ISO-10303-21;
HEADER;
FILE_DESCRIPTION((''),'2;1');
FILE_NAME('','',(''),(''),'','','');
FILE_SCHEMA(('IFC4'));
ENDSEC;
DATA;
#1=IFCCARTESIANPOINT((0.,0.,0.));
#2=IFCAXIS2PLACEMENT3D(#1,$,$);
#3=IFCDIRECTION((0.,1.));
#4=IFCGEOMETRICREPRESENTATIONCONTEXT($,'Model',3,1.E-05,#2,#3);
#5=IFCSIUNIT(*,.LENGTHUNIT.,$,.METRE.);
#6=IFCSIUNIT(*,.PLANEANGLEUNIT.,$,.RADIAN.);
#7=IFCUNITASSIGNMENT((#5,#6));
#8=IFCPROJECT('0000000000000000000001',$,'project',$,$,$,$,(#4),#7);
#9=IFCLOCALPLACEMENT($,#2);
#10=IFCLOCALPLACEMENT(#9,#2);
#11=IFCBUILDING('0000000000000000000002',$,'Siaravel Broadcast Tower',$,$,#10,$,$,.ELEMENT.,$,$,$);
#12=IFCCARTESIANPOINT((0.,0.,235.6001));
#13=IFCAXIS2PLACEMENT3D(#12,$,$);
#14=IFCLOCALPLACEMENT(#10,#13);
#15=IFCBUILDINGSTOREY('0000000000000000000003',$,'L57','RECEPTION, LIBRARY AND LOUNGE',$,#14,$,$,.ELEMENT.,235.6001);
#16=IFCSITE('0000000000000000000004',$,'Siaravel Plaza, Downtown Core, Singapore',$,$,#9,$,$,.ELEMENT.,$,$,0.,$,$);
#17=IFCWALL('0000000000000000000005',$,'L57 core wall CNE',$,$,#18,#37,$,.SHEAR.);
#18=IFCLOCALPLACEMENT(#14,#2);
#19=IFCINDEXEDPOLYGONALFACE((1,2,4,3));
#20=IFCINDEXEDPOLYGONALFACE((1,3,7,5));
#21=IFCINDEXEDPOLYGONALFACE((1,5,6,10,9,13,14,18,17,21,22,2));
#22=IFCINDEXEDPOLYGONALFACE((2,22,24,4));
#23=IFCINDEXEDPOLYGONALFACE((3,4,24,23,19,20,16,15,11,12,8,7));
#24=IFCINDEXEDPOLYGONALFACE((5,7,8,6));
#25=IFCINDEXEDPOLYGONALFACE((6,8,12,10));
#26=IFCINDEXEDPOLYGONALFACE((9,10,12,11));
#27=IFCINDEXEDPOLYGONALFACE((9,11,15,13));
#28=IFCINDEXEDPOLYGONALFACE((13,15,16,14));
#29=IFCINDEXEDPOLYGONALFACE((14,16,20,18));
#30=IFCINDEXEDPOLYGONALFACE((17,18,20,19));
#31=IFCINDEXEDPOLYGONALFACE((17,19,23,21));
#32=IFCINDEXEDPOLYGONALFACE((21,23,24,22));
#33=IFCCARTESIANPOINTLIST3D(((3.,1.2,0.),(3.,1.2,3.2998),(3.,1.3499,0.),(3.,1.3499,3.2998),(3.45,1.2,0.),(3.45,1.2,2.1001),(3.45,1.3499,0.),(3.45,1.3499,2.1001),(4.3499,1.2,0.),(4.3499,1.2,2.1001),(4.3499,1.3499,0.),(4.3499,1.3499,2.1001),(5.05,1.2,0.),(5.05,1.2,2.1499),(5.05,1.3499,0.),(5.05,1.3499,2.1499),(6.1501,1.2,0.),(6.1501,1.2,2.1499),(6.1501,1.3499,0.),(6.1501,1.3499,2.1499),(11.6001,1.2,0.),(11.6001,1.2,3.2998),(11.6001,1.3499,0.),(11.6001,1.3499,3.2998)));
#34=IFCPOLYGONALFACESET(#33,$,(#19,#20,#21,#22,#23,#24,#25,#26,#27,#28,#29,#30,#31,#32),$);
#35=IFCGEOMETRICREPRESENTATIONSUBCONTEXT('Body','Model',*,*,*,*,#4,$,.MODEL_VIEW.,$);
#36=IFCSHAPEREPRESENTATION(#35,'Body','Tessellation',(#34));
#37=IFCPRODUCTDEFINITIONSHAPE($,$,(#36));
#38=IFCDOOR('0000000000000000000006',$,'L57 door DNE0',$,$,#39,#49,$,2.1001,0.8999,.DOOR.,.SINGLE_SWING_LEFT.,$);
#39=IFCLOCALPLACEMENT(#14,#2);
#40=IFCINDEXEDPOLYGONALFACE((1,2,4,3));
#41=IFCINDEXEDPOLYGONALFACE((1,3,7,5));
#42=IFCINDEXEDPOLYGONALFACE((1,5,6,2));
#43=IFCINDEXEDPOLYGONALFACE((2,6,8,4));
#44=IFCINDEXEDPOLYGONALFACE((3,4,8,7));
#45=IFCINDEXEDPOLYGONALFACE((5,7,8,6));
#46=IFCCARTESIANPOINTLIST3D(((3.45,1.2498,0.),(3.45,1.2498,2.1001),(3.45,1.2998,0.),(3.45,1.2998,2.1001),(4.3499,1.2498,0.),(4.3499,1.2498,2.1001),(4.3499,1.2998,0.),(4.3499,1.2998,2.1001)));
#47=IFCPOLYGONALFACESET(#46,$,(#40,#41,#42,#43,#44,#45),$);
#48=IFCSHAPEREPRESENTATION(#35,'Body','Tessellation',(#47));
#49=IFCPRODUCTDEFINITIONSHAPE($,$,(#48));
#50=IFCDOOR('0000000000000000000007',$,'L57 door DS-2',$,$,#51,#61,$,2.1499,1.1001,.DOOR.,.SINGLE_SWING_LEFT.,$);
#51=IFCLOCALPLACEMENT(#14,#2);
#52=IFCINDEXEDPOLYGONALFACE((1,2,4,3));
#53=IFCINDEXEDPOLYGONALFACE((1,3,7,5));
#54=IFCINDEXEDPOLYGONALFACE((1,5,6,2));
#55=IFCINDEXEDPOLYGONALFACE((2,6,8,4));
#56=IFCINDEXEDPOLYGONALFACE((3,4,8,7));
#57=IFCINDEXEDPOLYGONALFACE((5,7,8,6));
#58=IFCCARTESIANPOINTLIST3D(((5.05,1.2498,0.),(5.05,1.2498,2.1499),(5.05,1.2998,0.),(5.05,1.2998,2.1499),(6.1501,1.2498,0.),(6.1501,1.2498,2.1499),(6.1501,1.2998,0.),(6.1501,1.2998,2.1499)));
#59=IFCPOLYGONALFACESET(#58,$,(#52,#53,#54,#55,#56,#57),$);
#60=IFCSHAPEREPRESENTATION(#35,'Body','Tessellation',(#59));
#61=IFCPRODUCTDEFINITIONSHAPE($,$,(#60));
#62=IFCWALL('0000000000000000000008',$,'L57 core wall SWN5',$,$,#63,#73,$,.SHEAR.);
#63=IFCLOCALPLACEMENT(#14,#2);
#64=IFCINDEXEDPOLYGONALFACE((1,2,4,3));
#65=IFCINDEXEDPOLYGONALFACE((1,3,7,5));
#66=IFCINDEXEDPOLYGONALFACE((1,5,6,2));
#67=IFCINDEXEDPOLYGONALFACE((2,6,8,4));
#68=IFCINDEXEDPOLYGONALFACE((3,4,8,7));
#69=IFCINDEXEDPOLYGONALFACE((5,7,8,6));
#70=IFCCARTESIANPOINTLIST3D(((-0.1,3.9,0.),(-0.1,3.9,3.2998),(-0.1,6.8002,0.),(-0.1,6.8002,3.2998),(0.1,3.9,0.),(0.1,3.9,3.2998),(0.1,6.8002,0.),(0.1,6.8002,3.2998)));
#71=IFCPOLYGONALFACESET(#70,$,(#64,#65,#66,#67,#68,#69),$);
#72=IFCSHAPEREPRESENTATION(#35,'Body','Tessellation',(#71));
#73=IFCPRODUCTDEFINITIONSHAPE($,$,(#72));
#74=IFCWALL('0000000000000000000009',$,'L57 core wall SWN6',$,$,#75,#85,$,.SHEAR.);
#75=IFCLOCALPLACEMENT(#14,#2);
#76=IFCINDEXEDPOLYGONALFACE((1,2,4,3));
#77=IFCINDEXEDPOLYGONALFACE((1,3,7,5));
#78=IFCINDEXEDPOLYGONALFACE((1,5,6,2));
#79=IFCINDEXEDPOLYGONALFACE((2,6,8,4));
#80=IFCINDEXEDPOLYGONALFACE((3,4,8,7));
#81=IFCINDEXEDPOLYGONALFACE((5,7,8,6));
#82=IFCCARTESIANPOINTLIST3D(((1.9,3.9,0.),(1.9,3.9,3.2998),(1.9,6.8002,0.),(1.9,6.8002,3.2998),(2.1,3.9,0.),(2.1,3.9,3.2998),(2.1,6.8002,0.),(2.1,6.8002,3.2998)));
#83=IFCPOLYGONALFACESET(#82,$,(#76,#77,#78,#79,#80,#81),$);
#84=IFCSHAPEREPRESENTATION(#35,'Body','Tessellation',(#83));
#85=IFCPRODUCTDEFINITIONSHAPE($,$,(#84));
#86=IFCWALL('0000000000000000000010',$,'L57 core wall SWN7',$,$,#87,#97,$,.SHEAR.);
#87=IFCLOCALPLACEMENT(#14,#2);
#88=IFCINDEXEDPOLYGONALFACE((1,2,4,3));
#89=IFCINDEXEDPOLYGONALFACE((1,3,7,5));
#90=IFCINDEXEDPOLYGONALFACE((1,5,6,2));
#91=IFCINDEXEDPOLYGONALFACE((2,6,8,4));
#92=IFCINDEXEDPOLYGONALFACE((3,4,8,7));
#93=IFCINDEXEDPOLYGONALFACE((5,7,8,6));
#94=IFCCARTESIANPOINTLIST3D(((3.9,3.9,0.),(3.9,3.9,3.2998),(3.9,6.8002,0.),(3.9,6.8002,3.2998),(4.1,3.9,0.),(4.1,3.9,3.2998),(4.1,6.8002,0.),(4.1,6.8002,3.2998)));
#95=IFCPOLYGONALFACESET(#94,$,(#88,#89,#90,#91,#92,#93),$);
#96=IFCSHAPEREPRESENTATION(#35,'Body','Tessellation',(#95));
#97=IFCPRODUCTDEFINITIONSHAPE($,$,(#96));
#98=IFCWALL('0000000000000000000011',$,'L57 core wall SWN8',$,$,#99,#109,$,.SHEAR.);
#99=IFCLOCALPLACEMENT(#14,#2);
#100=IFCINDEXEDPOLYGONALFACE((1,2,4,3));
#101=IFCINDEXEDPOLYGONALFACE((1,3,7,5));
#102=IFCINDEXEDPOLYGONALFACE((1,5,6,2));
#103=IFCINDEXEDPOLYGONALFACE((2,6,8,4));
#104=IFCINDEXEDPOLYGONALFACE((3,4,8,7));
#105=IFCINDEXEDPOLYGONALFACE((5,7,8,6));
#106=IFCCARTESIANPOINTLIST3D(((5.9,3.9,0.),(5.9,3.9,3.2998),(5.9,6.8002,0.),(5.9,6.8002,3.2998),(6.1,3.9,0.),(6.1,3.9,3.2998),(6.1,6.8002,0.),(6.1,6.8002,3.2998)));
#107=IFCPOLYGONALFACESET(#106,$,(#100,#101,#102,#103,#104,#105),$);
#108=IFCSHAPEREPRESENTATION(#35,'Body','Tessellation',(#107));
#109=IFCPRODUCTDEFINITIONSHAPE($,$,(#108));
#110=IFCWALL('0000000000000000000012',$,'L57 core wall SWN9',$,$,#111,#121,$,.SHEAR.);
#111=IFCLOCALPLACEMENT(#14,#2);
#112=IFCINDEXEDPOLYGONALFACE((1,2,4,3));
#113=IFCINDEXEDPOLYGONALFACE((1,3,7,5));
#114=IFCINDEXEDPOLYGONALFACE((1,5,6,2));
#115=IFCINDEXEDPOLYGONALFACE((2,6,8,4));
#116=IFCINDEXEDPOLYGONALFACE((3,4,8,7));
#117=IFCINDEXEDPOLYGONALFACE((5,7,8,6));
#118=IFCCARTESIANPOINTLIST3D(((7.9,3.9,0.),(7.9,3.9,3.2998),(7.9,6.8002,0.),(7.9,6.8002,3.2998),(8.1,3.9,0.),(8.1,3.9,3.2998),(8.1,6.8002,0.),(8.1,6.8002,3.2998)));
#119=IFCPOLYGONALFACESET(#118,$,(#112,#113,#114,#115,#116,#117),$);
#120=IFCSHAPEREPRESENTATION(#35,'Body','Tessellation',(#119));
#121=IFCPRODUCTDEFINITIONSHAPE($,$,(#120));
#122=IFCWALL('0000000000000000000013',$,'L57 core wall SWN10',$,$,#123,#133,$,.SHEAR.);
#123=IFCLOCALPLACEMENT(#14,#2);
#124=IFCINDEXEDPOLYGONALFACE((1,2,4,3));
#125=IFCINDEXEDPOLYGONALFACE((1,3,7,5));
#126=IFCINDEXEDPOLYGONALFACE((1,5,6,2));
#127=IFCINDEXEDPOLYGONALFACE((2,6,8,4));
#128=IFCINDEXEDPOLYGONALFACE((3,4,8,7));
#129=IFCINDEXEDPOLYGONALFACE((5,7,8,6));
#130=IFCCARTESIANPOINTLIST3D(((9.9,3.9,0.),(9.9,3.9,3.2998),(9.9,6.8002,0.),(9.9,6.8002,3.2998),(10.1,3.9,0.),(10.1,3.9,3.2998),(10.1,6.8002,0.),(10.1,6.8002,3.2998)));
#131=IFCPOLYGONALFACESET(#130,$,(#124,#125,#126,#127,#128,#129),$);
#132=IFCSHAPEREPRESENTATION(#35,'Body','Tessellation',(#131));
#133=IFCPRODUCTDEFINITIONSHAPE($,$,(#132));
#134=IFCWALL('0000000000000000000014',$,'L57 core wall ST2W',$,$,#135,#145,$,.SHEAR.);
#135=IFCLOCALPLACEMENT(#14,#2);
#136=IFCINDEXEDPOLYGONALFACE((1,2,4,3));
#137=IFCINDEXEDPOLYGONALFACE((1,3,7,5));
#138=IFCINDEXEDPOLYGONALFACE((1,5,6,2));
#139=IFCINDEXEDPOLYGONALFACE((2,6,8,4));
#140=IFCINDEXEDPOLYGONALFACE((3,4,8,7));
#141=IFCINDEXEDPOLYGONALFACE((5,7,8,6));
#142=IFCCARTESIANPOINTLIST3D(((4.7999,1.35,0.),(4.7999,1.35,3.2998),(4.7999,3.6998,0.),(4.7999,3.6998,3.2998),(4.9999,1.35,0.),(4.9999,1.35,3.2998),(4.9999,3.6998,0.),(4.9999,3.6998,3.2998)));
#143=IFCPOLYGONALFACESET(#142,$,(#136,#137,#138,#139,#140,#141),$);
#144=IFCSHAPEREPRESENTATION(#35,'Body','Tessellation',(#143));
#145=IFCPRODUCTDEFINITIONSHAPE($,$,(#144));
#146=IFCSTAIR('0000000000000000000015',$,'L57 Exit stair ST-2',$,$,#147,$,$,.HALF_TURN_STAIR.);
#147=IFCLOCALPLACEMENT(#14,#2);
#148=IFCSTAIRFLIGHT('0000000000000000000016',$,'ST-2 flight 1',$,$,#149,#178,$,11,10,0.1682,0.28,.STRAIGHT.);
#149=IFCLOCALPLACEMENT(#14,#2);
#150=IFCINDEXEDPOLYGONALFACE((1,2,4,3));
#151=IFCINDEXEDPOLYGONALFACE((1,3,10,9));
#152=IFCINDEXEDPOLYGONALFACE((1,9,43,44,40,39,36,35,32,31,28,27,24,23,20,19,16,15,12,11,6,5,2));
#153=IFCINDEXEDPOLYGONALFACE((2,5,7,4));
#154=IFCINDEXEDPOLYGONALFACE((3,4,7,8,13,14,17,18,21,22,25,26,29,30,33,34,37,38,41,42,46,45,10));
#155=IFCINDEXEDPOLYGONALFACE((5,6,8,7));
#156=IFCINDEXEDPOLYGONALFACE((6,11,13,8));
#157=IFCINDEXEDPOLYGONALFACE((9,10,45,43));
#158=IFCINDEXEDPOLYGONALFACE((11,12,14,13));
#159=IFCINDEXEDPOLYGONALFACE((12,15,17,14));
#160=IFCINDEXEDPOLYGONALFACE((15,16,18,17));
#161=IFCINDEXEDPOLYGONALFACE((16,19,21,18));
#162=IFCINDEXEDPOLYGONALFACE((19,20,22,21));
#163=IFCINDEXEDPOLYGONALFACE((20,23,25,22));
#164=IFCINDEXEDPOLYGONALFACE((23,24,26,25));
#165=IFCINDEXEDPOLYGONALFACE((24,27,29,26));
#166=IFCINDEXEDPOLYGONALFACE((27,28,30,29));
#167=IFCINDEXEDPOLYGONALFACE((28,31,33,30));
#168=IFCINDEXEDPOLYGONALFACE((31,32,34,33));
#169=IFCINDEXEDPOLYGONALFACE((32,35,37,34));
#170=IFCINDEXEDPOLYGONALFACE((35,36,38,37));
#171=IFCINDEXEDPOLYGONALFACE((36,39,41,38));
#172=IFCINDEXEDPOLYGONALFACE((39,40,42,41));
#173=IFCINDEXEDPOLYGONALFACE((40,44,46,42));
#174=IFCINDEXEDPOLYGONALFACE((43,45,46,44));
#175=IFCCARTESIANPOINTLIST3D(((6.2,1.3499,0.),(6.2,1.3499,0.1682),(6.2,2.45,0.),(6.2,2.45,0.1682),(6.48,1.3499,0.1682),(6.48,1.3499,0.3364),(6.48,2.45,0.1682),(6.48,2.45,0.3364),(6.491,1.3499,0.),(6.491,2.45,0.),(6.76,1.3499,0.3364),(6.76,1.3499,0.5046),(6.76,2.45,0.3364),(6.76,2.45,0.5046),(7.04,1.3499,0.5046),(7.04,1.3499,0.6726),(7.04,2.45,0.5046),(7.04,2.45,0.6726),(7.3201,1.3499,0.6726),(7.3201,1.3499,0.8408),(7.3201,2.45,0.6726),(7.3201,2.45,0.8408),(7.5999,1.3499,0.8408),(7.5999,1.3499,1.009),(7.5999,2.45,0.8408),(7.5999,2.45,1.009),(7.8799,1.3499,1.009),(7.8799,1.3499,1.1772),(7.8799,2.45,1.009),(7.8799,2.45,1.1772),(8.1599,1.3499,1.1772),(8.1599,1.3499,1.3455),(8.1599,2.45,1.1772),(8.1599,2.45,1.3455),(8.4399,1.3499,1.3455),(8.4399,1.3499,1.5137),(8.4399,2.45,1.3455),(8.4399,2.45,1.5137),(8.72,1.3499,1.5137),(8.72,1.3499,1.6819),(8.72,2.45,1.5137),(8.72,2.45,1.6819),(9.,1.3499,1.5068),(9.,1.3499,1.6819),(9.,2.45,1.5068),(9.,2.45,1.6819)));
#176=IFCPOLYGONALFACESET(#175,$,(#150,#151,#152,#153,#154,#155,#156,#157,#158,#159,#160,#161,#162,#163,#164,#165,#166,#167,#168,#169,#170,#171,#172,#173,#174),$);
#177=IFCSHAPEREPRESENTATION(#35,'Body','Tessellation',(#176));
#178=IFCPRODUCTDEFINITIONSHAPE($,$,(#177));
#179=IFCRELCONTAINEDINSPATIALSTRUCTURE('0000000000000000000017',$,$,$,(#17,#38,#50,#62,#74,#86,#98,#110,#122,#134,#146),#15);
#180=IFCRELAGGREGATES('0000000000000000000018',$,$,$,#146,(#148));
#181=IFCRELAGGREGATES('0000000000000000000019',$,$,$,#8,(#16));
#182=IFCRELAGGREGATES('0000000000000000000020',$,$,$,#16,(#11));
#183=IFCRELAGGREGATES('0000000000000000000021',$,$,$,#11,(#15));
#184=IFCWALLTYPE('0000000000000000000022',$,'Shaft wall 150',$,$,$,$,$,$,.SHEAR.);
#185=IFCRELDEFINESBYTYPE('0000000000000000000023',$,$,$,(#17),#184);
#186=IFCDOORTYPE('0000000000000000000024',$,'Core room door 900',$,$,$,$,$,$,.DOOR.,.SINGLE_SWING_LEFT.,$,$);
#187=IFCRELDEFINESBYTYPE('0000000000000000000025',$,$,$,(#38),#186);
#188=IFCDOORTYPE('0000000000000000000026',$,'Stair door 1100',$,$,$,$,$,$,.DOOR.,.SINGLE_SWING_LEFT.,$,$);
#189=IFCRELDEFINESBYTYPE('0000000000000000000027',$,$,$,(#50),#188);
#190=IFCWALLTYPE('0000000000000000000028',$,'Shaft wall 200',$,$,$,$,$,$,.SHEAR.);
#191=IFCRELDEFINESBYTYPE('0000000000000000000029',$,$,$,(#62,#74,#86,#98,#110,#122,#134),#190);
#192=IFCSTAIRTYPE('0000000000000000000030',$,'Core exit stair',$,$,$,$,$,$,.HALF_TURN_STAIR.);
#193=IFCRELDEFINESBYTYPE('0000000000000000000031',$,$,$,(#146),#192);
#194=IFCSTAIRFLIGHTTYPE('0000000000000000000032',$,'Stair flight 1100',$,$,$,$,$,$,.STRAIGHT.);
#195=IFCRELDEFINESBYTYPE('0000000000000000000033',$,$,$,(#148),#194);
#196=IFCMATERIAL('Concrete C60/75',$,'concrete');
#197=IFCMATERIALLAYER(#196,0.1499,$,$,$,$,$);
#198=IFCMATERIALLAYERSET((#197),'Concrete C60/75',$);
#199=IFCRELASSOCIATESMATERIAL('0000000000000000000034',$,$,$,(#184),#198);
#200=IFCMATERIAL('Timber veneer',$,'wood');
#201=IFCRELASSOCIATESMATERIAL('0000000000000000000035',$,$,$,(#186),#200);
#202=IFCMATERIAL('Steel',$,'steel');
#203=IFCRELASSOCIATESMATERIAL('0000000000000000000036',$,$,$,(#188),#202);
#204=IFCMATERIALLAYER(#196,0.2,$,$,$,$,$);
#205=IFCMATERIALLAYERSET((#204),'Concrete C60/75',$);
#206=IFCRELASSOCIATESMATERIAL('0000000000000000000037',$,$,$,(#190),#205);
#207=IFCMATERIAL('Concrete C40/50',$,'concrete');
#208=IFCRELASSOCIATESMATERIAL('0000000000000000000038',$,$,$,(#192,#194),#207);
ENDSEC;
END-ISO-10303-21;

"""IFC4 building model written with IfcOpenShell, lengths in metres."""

from ifc_helpers import new_model, si_unit, direction, frame, frame_2d, origin, place, context, subcontext, project, spatial, polyline, rectangle, outline, extrude, material, layer, layer_set, type_object, element, fill, aggregate, save


model = new_model("IFC4")

# Units and contexts
model_context = context("Model", 3, precision=1e-05, world=origin(), true_north=direction((0.0, 1.0)))
body_context = subcontext(model_context, "Body", "Model", "MODEL_VIEW")
ifc_project = project(units=[si_unit("LENGTHUNIT", "METRE"), si_unit("PLANEANGLEUNIT", "RADIAN")], contexts=[model_context])

# Site, building, storey
site_placement = place(None, origin())
site = spatial("IfcSite", under=ifc_project, at=site_placement, Name="Siaravel Plaza, Downtown Core, Singapore", CompositionType="ELEMENT", RefElevation=0.0)
building_placement = place(site_placement, origin())
building = spatial("IfcBuilding", under=site, at=building_placement, Name="Siaravel Broadcast Tower", CompositionType="ELEMENT")
storey_placement = place(building_placement, frame((0.0, 0.0, 235.6001)))
storey = spatial("IfcBuildingStorey", under=building, at=storey_placement, Name="L57", Description="RECEPTION, LIBRARY AND LOUNGE", CompositionType="ELEMENT", Elevation=235.6001)

# Shared definitions
ifc_material_1 = material(Name="Timber veneer", Category="wood")

# Wall, openings, doors
ifc_material_2 = material(Name="Concrete C60/75", Category="concrete")
ifc_layer_1 = layer(ifc_material_2, 0.1499)
ifc_layer_set_1 = layer_set([ifc_layer_1], Name="Concrete C60/75")
wall_type_1 = type_object("IfcWallType", Name="Shaft wall 150", PredefinedType="SHEAR", material=ifc_layer_set_1)
wall_1_placement = place(storey_placement, frame((3.0, 1.2749, 0.0), z_axis=(0.0, 0.0, 1.0), x_axis=(1.0, 0.0, 0.0)))
wall_1 = element("IfcWall", 1, at=wall_1_placement, inside=storey, type_object=wall_type_1, Name="L57 core wall CNE", PredefinedType="SHEAR", context=body_context, shape_type="SweptSolid", body=[
    extrude(rectangle(XDim=8.6001, YDim=0.1499, at=frame_2d((4.3, 0.0))), origin(), (0.0, 0.0, 1.0), 3.2998),
])
opening_1_placement = place(wall_1_placement, frame((2.05, 0.0, 0.0)))
opening_1 = element("IfcOpeningElement", 2, at=opening_1_placement, cuts=wall_1, PredefinedType="OPENING", context=body_context, shape_type="SweptSolid", body=[
    extrude(rectangle(XDim=1.1001, YDim=2.1499, at=frame_2d((0.55, 1.075))), frame((0.0, 0.085, 0.0), z_axis=(0.0, -1.0, 0.0), x_axis=(1.0, 0.0, 0.0)), (0.0, 0.0, 1.0), 0.1699),
])
opening_2_placement = place(wall_1_placement, frame((0.45, 0.0, 0.0)))
opening_2 = element("IfcOpeningElement", 3, at=opening_2_placement, cuts=wall_1, PredefinedType="OPENING", context=body_context, shape_type="SweptSolid", body=[
    extrude(rectangle(XDim=0.8999, YDim=2.1001, at=frame_2d((0.45, 1.05))), frame((0.0, 0.085, 0.0), z_axis=(0.0, -1.0, 0.0), x_axis=(1.0, 0.0, 0.0)), (0.0, 0.0, 1.0), 0.1699),
])
door_type_1 = type_object("IfcDoorType", Name="Core room door 900", OperationType="SINGLE_SWING_LEFT", PredefinedType="DOOR", material=ifc_material_1)
door_1_placement = place(opening_2_placement, origin())
door_1 = element("IfcDoor", 4, at=door_1_placement, inside=storey, type_object=door_type_1, Name="L57 door DNE0", OperationType="SINGLE_SWING_LEFT", OverallHeight=2.1001, OverallWidth=0.8999, PredefinedType="DOOR", context=body_context, shape_type="SweptSolid", body=[
    extrude(rectangle(XDim=0.8999, YDim=2.1001, at=frame_2d((0.45, 1.05))), frame((0.0, 0.0249, 0.0), z_axis=(0.0, -1.0, 0.0), x_axis=(1.0, 0.0, 0.0)), (0.0, 0.0, 1.0), 0.05),
])
fill(opening_2, door_1)
ifc_material_3 = material(Name="Steel", Category="steel")
door_type_2 = type_object("IfcDoorType", Name="Stair door 1100", OperationType="SINGLE_SWING_LEFT", PredefinedType="DOOR", material=ifc_material_3)
door_2_placement = place(opening_1_placement, origin())
door_2 = element("IfcDoor", 5, at=door_2_placement, inside=storey, type_object=door_type_2, Name="L57 door DS-2", OperationType="SINGLE_SWING_LEFT", OverallHeight=2.1499, OverallWidth=1.1001, PredefinedType="DOOR", context=body_context, shape_type="SweptSolid", body=[
    extrude(rectangle(XDim=1.1001, YDim=2.1499, at=frame_2d((0.55, 1.075))), frame((0.0, 0.0249, 0.0), z_axis=(0.0, -1.0, 0.0), x_axis=(1.0, 0.0, 0.0)), (0.0, 0.0, 1.0), 0.05),
])
fill(opening_1, door_2)

# Walls
ifc_layer_2 = layer(ifc_material_2, 0.2)
ifc_layer_set_2 = layer_set([ifc_layer_2], Name="Concrete C60/75")
wall_type_2 = type_object("IfcWallType", Name="Shaft wall 200", PredefinedType="SHEAR", material=ifc_layer_set_2)
for number, where, z_axis, x_axis, name in (
    (6, (0.0, 3.8999, 0.0), (0.0, 0.0, 1.0), (0.0, 1.0, 0.0), "L57 core wall SWN5"),
    (7, (2.0, 3.8999, 0.0), (0.0, 0.0, 1.0), (0.0, 1.0, 0.0), "L57 core wall SWN6"),
    (8, (4.0, 3.8999, 0.0), (0.0, 0.0, 1.0), (0.0, 1.0, 0.0), "L57 core wall SWN7"),
    (9, (6.0, 3.8999, 0.0), (0.0, 0.0, 1.0), (0.0, 1.0, 0.0), "L57 core wall SWN8"),
    (10, (8.0, 3.8999, 0.0), (0.0, 0.0, 1.0), (0.0, 1.0, 0.0), "L57 core wall SWN9"),
    (11, (10.0, 3.8999, 0.0), (0.0, 0.0, 1.0), (0.0, 1.0, 0.0), "L57 core wall SWN10"),
):
    element("IfcWall", number, at=place(storey_placement, frame(where, z_axis=z_axis, x_axis=x_axis)), inside=storey, type_object=wall_type_2, Name=name, PredefinedType="SHEAR", context=body_context, shape_type="SweptSolid", body=[
        extrude(rectangle(XDim=2.9001, YDim=0.2, at=frame_2d((1.4502, 0.0))), origin(), (0.0, 0.0, 1.0), 3.2998),
    ])
wall_2_placement = place(storey_placement, frame((4.8999, 1.3501, 0.0), z_axis=(0.0, 0.0, 1.0), x_axis=(0.0, 1.0, 0.0)))
element("IfcWall", 12, at=wall_2_placement, inside=storey, type_object=wall_type_2, Name="L57 core wall ST2W", PredefinedType="SHEAR", context=body_context, shape_type="SweptSolid", body=[
    extrude(rectangle(XDim=2.3499, YDim=0.2, at=frame_2d((1.1748, 0.0))), origin(), (0.0, 0.0, 1.0), 3.2998),
])

# Stair, stair flight
ifc_material_4 = material(Name="Concrete C40/50", Category="concrete")
stair_type = type_object("IfcStairType", Name="Core exit stair", PredefinedType="HALF_TURN_STAIR", material=ifc_material_4)
stair_placement = place(storey_placement, origin())
stair = element("IfcStair", 13, at=stair_placement, inside=storey, type_object=stair_type, Name="L57 Exit stair ST-2", PredefinedType="HALF_TURN_STAIR")
stair_flight_type = type_object("IfcStairFlightType", Name="Stair flight 1100", PredefinedType="STRAIGHT", material=ifc_material_4)
stair_flight_1_placement = place(storey_placement, frame((6.2, 1.8999, 0.0), z_axis=(0.0, 0.0, 1.0), x_axis=(1.0, 0.0, 0.0)))
stair_flight_1 = element("IfcStairFlight", 14, at=stair_flight_1_placement, type_object=stair_flight_type, Name="ST-2 flight 1", NumberOfRisers=11, NumberOfTreads=10, PredefinedType="STRAIGHT", RiserHeight=0.1682, TreadLength=0.28, context=body_context, shape_type="SweptSolid", body=[
    extrude(outline(polyline([(0.0, 0.0), (0.0, 0.1682), (0.28, 0.1682), (0.28, 0.3364), (0.5601, 0.3364), (0.5601, 0.5046), (0.8401, 0.5046), (0.8401, 0.6726), (1.1201, 0.6726), (1.1201, 0.8408), (1.3999, 0.8408), (1.3999, 1.009), (1.6799, 1.009), (1.6799, 1.1772), (1.96, 1.1772), (1.96, 1.3455), (2.24, 1.3455), (2.24, 1.5137), (2.52, 1.5137), (2.52, 1.6819), (2.8, 1.6819), (2.8, 1.8501), (2.8, 1.5068), (0.291, 0.0), (0.0, 0.0)])), frame((0.0, 0.55, 0.0), z_axis=(0.0, -1.0, 0.0), x_axis=(1.0, 0.0, 0.0)), (0.0, 0.0, 1.0), 1.1001),
])
aggregate(stair, [stair_flight_1])

save(model, "model.ifc")
